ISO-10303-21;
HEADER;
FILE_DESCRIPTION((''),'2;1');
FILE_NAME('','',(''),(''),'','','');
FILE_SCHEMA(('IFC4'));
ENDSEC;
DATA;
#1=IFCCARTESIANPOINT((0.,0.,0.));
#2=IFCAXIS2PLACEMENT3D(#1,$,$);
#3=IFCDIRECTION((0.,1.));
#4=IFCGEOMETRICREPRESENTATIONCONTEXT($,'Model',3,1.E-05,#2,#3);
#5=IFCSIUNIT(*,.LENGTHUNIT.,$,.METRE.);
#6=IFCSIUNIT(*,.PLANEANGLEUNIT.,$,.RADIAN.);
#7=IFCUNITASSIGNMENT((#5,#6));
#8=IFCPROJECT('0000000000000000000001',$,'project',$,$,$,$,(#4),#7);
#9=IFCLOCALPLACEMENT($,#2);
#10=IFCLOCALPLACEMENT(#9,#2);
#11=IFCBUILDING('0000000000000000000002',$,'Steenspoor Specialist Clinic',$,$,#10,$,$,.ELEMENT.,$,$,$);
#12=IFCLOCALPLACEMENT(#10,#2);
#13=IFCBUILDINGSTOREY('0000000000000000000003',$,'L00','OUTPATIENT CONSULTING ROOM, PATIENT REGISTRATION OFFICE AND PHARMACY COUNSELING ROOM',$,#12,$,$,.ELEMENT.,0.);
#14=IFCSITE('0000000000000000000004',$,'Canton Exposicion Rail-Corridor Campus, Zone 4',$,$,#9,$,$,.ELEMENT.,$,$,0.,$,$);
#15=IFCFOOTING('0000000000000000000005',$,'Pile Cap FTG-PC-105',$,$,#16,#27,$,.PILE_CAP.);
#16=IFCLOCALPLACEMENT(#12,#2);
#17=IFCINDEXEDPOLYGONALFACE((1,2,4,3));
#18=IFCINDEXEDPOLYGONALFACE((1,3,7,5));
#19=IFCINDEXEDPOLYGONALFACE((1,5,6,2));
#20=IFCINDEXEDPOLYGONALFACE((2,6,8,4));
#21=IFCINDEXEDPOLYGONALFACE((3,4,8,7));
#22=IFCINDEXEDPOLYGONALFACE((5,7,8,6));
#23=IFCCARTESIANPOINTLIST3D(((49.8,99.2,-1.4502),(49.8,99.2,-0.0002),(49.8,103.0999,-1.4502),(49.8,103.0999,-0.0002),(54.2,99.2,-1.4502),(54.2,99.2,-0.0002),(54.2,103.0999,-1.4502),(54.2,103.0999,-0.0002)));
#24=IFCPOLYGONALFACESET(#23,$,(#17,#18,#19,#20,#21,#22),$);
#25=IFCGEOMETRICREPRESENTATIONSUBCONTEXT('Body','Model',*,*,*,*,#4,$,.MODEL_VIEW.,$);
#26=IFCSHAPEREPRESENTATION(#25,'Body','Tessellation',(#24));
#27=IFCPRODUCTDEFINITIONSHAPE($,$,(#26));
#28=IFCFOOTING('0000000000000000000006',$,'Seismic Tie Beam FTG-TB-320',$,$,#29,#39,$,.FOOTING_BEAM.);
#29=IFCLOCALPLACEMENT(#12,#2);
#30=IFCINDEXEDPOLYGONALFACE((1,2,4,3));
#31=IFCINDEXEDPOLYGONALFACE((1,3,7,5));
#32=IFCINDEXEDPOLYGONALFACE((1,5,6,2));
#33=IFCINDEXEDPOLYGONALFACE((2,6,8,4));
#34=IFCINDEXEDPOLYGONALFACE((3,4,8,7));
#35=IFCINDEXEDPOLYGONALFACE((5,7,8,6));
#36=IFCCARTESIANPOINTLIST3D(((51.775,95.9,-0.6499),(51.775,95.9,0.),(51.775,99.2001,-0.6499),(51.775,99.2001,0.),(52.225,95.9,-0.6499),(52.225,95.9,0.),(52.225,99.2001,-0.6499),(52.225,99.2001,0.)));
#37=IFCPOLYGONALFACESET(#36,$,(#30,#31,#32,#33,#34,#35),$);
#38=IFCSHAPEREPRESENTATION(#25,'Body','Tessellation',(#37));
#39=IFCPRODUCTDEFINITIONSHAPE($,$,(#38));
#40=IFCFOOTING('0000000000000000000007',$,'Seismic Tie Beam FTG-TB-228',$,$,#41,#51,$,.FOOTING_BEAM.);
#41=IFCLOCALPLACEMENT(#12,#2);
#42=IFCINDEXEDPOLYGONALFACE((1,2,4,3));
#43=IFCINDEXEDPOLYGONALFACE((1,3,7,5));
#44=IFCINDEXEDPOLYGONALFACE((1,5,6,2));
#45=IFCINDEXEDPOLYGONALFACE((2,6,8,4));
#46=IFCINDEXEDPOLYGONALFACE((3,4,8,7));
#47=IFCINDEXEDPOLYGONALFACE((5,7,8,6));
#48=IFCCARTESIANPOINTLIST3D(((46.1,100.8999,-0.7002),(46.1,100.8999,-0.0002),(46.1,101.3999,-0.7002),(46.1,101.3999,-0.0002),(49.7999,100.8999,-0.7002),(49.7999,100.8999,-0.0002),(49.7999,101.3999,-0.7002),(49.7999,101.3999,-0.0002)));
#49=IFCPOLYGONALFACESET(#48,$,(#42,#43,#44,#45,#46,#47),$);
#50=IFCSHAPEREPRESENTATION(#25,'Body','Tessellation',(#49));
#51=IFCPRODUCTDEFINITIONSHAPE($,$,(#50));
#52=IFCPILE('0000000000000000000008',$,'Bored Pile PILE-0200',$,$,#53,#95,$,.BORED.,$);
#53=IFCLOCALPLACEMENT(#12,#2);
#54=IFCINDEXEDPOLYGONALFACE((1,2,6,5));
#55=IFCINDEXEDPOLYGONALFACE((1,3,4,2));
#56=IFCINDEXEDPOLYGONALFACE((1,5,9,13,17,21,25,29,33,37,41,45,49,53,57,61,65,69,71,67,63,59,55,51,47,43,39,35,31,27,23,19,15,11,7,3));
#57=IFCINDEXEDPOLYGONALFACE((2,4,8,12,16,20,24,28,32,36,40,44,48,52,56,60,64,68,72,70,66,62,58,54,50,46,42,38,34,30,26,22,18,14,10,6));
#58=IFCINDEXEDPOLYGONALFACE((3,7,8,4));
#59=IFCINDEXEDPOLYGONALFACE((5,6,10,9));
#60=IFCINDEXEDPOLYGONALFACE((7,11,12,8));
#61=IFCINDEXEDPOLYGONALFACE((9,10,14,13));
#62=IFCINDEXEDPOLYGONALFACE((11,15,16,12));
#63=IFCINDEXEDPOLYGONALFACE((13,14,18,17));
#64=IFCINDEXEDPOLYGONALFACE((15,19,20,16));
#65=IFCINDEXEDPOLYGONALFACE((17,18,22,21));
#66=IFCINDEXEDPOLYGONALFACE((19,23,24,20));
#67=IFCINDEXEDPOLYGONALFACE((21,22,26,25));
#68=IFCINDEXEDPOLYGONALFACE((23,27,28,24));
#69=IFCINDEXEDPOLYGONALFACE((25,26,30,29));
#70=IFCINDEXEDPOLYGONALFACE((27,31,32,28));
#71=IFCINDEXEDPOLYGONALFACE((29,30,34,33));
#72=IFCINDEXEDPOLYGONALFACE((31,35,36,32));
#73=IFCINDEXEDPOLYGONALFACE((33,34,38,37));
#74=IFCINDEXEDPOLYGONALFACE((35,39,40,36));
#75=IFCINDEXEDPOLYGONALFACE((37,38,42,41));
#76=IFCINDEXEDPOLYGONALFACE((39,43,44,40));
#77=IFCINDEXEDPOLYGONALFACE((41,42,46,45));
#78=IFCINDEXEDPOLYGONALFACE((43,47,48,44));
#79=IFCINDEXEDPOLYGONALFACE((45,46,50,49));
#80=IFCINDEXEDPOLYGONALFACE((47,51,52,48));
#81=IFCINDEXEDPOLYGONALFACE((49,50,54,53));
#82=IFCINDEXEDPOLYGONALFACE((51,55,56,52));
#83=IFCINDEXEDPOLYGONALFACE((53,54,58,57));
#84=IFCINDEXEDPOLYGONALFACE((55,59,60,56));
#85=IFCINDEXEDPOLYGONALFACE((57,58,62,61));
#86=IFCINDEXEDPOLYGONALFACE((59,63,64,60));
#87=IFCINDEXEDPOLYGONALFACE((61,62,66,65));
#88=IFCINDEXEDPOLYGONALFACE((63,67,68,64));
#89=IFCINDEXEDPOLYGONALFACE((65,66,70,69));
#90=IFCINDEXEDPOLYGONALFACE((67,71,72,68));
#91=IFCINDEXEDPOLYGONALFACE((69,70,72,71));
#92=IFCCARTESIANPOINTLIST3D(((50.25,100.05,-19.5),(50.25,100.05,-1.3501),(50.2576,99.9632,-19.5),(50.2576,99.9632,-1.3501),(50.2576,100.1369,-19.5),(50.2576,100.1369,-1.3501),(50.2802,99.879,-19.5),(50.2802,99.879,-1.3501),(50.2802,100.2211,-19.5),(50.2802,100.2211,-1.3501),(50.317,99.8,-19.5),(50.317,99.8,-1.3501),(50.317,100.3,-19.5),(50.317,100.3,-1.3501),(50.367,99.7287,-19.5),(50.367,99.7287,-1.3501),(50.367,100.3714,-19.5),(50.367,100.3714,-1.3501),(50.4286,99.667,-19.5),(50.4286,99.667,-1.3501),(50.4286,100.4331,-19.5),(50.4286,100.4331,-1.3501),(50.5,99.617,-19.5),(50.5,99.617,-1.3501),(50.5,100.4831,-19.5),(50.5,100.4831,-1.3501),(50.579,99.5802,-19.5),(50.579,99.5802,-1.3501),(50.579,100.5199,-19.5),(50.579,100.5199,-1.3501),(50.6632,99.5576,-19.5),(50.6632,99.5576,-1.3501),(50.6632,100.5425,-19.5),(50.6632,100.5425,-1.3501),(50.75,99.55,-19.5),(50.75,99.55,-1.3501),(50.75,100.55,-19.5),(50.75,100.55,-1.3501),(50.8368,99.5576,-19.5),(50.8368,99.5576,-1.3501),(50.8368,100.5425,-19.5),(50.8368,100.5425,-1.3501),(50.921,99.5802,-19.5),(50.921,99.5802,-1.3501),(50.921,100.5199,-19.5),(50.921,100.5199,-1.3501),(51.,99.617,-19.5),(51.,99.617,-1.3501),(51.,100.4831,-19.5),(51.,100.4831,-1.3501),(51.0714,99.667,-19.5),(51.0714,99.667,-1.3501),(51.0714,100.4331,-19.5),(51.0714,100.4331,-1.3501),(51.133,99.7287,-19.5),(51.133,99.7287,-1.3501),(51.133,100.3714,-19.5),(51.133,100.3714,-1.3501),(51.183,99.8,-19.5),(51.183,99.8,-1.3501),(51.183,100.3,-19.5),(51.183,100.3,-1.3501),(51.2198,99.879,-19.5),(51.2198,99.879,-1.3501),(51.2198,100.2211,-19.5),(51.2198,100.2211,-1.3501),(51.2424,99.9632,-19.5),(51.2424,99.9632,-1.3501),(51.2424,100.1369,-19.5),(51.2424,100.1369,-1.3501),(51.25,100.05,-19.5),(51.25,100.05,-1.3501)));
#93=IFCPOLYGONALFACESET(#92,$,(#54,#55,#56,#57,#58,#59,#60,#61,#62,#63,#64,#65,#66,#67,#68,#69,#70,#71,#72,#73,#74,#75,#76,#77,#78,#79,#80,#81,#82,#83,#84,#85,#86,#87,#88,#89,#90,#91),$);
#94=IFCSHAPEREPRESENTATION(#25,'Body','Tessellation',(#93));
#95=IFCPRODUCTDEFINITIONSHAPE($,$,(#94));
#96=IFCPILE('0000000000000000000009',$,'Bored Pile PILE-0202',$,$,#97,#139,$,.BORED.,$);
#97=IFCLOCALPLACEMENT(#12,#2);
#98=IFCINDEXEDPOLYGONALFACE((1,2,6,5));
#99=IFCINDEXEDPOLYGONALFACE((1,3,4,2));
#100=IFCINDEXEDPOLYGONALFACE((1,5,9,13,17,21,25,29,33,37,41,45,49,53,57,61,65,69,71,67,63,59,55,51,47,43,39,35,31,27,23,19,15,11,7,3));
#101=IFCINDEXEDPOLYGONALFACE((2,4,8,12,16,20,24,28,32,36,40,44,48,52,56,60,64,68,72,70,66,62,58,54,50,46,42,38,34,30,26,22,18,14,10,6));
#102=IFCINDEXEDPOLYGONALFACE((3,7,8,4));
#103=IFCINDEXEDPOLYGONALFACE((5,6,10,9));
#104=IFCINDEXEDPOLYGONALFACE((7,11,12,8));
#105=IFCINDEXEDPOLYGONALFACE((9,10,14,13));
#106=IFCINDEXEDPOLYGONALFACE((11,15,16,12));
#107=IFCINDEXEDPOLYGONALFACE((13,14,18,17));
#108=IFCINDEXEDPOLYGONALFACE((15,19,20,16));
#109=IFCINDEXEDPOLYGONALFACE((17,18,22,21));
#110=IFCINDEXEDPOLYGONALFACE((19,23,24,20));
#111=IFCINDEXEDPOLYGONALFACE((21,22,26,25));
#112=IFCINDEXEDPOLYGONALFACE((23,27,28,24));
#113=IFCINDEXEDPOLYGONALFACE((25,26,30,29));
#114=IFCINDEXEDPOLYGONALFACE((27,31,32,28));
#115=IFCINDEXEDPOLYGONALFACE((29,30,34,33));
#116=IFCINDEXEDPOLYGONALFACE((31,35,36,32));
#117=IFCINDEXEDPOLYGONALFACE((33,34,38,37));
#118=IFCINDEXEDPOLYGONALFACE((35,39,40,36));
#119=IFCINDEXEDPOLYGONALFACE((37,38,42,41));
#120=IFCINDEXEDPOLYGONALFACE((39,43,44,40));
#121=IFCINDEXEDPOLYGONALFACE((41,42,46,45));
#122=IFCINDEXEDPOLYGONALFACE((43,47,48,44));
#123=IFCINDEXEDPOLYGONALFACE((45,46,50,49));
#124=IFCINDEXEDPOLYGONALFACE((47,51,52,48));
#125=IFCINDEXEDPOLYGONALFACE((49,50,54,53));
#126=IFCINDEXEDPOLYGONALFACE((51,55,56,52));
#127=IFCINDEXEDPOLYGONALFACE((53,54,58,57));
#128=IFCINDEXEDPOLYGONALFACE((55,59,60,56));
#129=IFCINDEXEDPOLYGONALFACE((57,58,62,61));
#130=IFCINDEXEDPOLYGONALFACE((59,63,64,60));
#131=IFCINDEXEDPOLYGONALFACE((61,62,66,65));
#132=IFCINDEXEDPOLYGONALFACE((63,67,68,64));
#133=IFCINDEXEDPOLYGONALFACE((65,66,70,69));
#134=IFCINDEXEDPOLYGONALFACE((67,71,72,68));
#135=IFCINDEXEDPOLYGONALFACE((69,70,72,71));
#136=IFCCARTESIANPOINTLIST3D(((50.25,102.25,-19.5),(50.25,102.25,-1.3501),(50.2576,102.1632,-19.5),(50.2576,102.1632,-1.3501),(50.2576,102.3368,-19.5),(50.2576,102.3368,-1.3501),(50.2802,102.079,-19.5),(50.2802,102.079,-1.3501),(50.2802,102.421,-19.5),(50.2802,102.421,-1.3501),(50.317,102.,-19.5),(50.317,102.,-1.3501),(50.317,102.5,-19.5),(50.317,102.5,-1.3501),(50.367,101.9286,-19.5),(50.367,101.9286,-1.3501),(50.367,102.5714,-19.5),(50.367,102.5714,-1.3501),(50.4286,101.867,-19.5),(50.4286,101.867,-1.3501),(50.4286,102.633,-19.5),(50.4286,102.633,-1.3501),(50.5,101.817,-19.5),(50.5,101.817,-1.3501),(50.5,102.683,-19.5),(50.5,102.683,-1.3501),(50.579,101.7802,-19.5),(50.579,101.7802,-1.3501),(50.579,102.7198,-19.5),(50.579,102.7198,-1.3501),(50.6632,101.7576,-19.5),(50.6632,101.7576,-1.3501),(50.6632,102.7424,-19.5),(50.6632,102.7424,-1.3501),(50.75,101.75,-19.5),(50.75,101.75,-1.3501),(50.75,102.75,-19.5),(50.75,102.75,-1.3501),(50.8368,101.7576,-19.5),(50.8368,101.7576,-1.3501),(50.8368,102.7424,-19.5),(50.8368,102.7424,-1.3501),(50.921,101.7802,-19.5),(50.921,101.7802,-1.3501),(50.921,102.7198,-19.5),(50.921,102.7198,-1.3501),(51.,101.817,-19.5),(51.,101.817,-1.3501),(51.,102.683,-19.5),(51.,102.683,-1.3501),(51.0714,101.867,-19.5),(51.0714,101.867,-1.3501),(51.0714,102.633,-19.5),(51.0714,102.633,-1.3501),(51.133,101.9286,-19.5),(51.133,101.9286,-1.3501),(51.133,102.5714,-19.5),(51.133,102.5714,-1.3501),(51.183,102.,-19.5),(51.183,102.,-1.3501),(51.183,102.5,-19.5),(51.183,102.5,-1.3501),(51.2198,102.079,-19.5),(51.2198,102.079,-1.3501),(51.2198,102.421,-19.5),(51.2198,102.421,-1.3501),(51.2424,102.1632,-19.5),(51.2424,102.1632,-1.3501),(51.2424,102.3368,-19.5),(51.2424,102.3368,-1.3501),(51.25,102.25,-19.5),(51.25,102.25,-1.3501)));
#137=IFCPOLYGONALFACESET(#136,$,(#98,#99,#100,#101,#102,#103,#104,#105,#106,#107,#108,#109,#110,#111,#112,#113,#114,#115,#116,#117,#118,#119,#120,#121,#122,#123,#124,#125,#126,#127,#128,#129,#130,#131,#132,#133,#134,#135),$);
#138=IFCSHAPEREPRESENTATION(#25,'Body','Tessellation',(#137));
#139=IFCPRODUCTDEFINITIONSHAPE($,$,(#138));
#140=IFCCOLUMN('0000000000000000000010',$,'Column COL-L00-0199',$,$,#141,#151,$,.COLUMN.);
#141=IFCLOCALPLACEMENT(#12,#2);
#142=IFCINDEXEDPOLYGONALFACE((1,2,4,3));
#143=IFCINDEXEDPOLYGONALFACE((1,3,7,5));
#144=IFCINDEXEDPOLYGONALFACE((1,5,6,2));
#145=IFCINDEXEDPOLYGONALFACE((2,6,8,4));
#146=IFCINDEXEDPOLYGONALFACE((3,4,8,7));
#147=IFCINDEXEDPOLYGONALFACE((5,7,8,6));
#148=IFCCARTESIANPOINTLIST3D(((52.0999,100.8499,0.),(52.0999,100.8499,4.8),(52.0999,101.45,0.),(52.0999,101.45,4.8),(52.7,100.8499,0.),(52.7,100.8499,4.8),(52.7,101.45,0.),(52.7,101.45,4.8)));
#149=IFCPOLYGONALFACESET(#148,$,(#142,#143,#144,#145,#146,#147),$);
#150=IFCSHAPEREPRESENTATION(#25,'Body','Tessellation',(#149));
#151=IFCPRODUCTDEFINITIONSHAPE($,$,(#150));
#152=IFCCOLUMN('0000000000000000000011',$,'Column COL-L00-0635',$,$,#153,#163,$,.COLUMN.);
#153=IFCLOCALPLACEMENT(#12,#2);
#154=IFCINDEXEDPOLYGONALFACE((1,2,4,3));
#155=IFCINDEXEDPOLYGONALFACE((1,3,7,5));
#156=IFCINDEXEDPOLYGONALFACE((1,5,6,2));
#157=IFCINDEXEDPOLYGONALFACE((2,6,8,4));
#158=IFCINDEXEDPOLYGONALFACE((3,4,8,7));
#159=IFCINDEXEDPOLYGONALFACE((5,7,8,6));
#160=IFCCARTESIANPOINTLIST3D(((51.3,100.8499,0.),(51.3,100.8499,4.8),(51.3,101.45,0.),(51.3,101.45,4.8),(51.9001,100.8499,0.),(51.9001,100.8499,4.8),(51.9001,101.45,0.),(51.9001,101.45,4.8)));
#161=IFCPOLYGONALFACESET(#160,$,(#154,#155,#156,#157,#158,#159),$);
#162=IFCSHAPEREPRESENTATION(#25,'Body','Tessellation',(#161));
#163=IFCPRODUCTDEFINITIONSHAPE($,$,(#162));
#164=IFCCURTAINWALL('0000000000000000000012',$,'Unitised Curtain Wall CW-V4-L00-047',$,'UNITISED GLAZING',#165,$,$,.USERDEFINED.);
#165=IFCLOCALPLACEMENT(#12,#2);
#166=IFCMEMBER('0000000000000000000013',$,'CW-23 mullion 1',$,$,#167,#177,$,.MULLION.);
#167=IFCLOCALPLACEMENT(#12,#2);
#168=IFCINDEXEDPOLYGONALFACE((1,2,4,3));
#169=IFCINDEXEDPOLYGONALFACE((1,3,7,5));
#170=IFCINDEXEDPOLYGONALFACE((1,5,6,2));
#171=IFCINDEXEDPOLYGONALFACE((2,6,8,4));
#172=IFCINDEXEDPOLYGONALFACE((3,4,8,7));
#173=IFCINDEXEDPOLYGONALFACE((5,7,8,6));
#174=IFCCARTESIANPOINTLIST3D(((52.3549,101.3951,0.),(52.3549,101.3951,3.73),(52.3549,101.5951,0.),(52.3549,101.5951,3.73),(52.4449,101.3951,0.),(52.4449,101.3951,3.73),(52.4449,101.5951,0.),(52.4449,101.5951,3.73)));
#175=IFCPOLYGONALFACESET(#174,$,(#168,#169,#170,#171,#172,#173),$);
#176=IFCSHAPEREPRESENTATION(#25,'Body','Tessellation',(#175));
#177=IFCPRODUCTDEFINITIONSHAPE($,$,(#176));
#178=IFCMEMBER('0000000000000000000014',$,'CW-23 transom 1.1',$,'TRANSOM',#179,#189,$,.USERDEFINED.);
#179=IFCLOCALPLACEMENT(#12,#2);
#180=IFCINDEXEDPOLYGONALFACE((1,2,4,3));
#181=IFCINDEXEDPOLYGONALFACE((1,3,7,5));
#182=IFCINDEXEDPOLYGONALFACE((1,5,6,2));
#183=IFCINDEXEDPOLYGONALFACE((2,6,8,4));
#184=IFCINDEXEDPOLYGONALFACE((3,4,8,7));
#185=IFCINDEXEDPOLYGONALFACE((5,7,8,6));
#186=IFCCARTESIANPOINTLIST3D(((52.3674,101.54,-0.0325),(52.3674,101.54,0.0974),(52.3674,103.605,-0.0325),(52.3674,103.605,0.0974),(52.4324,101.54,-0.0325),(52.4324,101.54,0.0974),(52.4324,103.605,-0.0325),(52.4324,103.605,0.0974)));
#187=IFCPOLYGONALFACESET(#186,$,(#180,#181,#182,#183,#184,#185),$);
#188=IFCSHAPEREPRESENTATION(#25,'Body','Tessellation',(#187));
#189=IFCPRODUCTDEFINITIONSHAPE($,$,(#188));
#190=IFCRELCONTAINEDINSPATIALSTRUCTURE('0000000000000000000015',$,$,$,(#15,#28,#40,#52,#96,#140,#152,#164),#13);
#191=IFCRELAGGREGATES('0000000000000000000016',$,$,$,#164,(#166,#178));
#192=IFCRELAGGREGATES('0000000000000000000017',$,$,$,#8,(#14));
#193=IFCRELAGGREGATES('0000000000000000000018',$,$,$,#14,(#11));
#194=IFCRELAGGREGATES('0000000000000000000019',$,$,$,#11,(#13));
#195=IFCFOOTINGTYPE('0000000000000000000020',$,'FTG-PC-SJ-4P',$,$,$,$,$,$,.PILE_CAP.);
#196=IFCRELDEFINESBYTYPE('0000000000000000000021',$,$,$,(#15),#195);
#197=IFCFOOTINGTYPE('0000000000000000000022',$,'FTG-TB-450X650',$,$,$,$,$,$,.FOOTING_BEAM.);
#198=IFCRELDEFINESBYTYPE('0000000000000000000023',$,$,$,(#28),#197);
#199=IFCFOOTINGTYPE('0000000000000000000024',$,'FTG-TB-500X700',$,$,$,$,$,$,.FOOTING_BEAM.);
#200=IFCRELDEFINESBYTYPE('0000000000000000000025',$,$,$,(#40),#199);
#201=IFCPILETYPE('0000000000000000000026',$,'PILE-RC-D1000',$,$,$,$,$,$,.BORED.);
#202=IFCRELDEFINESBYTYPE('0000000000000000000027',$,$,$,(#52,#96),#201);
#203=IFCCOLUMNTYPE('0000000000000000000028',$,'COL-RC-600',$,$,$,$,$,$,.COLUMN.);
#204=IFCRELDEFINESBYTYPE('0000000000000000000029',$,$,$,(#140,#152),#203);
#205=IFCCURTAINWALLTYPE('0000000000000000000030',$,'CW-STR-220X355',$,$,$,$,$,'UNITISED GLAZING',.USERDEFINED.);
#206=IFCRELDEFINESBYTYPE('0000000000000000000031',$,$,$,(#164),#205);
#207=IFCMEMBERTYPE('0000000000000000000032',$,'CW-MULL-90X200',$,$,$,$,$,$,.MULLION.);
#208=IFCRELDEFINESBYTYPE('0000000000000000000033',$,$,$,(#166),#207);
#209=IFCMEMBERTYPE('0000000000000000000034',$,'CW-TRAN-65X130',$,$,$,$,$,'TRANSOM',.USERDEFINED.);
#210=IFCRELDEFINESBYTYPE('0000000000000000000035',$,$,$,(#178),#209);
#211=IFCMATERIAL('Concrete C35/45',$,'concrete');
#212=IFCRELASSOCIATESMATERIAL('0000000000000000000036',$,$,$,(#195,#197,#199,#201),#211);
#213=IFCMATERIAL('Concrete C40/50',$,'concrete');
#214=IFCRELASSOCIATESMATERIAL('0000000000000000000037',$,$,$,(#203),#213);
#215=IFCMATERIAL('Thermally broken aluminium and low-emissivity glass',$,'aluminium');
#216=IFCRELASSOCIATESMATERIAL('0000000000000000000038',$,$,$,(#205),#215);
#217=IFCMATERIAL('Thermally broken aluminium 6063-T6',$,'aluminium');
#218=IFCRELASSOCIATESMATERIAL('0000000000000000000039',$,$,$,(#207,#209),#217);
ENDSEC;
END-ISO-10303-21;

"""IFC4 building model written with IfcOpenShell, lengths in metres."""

from ifc_helpers import new_model, si_unit, direction, frame, origin, origin_2d, place, context, subcontext, project, spatial, rectangle, circle, extrude, material, material_profile, profile_set, type_object, element, aggregate, save


model = new_model("IFC4")

# Units and contexts
model_context = context("Model", 3, precision=1e-05, world=origin(), true_north=direction((0.0, 1.0)))
body_context = subcontext(model_context, "Body", "Model", "MODEL_VIEW")
ifc_project = project(units=[si_unit("LENGTHUNIT", "METRE"), si_unit("PLANEANGLEUNIT", "RADIAN")], contexts=[model_context])

# Site, building, storey
site_placement = place(None, origin())
site = spatial("IfcSite", under=ifc_project, at=site_placement, Name="Canton Exposicion Rail-Corridor Campus, Zone 4", CompositionType="ELEMENT", RefElevation=0.0)
building_placement = place(site_placement, origin())
building = spatial("IfcBuilding", under=site, at=building_placement, Name="Steenspoor Specialist Clinic", CompositionType="ELEMENT")
storey_placement = place(building_placement, origin())
storey = spatial("IfcBuildingStorey", under=building, at=storey_placement, Name="L00", Description="OUTPATIENT CONSULTING ROOM, PATIENT REGISTRATION OFFICE AND PHARMACY COUNSELING ROOM", CompositionType="ELEMENT", Elevation=0.0)

# Footings
ifc_material_1 = material(Name="Concrete C35/45", Category="concrete")
footing_type_1 = type_object("IfcFootingType", Name="FTG-PC-SJ-4P", PredefinedType="PILE_CAP", material=ifc_material_1)
footing_1_placement = place(storey_placement, frame((52.0, 101.1499, -1.4502), z_axis=(0.0, 0.0, 1.0), x_axis=(1.0, 0.0, 0.0)))
element("IfcFooting", 1, at=footing_1_placement, inside=storey, type_object=footing_type_1, Name="Pile Cap FTG-PC-105", PredefinedType="PILE_CAP", context=body_context, shape_type="SweptSolid", body=[
    extrude(rectangle(XDim=4.3999, YDim=3.8999, at=origin_2d()), origin(), (0.0, 0.0, 1.0), 1.45),
])
footing_type_2 = type_object("IfcFootingType", Name="FTG-TB-450X650", PredefinedType="FOOTING_BEAM", material=ifc_material_1)
footing_2_placement = place(storey_placement, frame((52.0, 97.55, -0.6499), z_axis=(0.0, 0.0, 1.0), x_axis=(1.0, 0.0, 0.0)))
element("IfcFooting", 2, at=footing_2_placement, inside=storey, type_object=footing_type_2, Name="Seismic Tie Beam FTG-TB-320", PredefinedType="FOOTING_BEAM", context=body_context, shape_type="SweptSolid", body=[
    extrude(rectangle(XDim=0.45, YDim=3.3, at=origin_2d()), origin(), (0.0, 0.0, 1.0), 0.6499),
])
footing_type_3 = type_object("IfcFootingType", Name="FTG-TB-500X700", PredefinedType="FOOTING_BEAM", material=ifc_material_1)
footing_3_placement = place(storey_placement, frame((47.95, 101.1499, -0.7002), z_axis=(0.0, 0.0, 1.0), x_axis=(1.0, 0.0, 0.0)))
element("IfcFooting", 3, at=footing_3_placement, inside=storey, type_object=footing_type_3, Name="Seismic Tie Beam FTG-TB-228", PredefinedType="FOOTING_BEAM", context=body_context, shape_type="SweptSolid", body=[
    extrude(rectangle(XDim=3.7, YDim=0.5, at=origin_2d()), origin(), (0.0, 0.0, 1.0), 0.7),
])

# Piles
ifc_material_profile_1 = material_profile(ifc_material_1, circle(Radius=0.5, at=origin_2d()), Name="PILE-D1000")
ifc_profile_set_1 = profile_set([ifc_material_profile_1], Name="Concrete C35/45")
pile_type = type_object("IfcPileType", Name="PILE-RC-D1000", PredefinedType="BORED", material=ifc_profile_set_1)
for number, where, z_axis, x_axis, name in (
    (4, (50.75, 100.05, -1.3501), (0.0, 0.0, -1.0), (1.0, 0.0, 0.0), "Bored Pile PILE-0200"),
    (5, (50.75, 102.25, -1.3501), (0.0, 0.0, -1.0), (1.0, 0.0, 0.0), "Bored Pile PILE-0202"),
):
    element("IfcPile", number, at=place(storey_placement, frame(where, z_axis=z_axis, x_axis=x_axis)), inside=storey, type_object=pile_type, Name=name, PredefinedType="BORED", context=body_context, shape_type="SweptSolid", body=[
        extrude(circle(Radius=0.5, at=origin_2d()), origin(), (0.0, 0.0, 1.0), 18.1499),
    ])

# Columns
ifc_material_2 = material(Name="Concrete C40/50", Category="concrete")
ifc_material_profile_2 = material_profile(ifc_material_2, rectangle(XDim=0.6001, YDim=0.6001, at=origin_2d()), Name="RC-COL-600X600")
ifc_profile_set_2 = profile_set([ifc_material_profile_2], Name="Concrete C40/50")
column_type = type_object("IfcColumnType", Name="COL-RC-600", PredefinedType="COLUMN", material=ifc_profile_set_2)
for number, where, z_axis, x_axis, name in (
    (6, (52.3999, 101.1499, 0.0), (0.0, 0.0, 1.0), (1.0, 0.0, 0.0), "Column COL-L00-0199"),
    (7, (51.6001, 101.1499, 0.0), (0.0, 0.0, 1.0), (1.0, 0.0, 0.0), "Column COL-L00-0635"),
):
    element("IfcColumn", number, at=place(storey_placement, frame(where, z_axis=z_axis, x_axis=x_axis)), inside=storey, type_object=column_type, Name=name, PredefinedType="COLUMN", context=body_context, shape_type="SweptSolid", body=[
        extrude(rectangle(XDim=0.6001, YDim=0.6001, at=origin_2d()), origin(), (0.0, 0.0, 1.0), 4.8),
    ])

# Curtain wall, members
ifc_material_3 = material(Name="Thermally broken aluminium and low-emissivity glass", Category="aluminium")
curtain_wall_type = type_object("IfcCurtainWallType", Name="CW-STR-220X355", ElementType="UNITISED GLAZING", PredefinedType="USERDEFINED", material=ifc_material_3)
curtain_wall_placement = place(storey_placement, origin())
curtain_wall = element("IfcCurtainWall", 8, at=curtain_wall_placement, inside=storey, type_object=curtain_wall_type, Name="Unitised Curtain Wall CW-V4-L00-047", ObjectType="UNITISED GLAZING", PredefinedType="USERDEFINED")
ifc_material_4 = material(Name="Thermally broken aluminium 6063-T6", Category="aluminium")
ifc_material_profile_3 = material_profile(ifc_material_4, rectangle(XDim=0.0901, YDim=0.2, at=origin_2d()), Name="CWM-90X200")
ifc_profile_set_3 = profile_set([ifc_material_profile_3], Name="Thermally broken aluminium 6063-T6")
member_type_1 = type_object("IfcMemberType", Name="CW-MULL-90X200", PredefinedType="MULLION", material=ifc_profile_set_3)
member_1_placement = place(storey_placement, frame((52.3999, 101.4951, 0.0), z_axis=(0.0, 0.0, 1.0), x_axis=(-1.0, 0.0, 0.0)))
member_1 = element("IfcMember", 9, at=member_1_placement, type_object=member_type_1, Name="CW-23 mullion 1", PredefinedType="MULLION", context=body_context, shape_type="SweptSolid", body=[
    extrude(rectangle(XDim=0.0901, YDim=0.2, at=origin_2d()), origin(), (0.0, 0.0, 1.0), 3.73),
])
ifc_material_profile_4 = material_profile(ifc_material_4, rectangle(XDim=0.0649, YDim=0.1299, at=origin_2d()), Name="CWT-65X130")
ifc_profile_set_4 = profile_set([ifc_material_profile_4], Name="Thermally broken aluminium 6063-T6")
member_type_2 = type_object("IfcMemberType", Name="CW-TRAN-65X130", ElementType="TRANSOM", PredefinedType="USERDEFINED", material=ifc_profile_set_4)
member_2_placement = place(storey_placement, frame((52.3999, 101.54, 0.0325), z_axis=(0.0, 1.0, 0.0), x_axis=(-1.0, 0.0, 0.0)))
member_2 = element("IfcMember", 10, at=member_2_placement, type_object=member_type_2, Name="CW-23 transom 1.1", ObjectType="TRANSOM", PredefinedType="USERDEFINED", context=body_context, shape_type="SweptSolid", body=[
    extrude(rectangle(XDim=0.0649, YDim=0.1299, at=origin_2d()), origin(), (0.0, 0.0, 1.0), 2.0649),
])

aggregate(curtain_wall, [member_1, member_2])

save(model, "model.ifc")
